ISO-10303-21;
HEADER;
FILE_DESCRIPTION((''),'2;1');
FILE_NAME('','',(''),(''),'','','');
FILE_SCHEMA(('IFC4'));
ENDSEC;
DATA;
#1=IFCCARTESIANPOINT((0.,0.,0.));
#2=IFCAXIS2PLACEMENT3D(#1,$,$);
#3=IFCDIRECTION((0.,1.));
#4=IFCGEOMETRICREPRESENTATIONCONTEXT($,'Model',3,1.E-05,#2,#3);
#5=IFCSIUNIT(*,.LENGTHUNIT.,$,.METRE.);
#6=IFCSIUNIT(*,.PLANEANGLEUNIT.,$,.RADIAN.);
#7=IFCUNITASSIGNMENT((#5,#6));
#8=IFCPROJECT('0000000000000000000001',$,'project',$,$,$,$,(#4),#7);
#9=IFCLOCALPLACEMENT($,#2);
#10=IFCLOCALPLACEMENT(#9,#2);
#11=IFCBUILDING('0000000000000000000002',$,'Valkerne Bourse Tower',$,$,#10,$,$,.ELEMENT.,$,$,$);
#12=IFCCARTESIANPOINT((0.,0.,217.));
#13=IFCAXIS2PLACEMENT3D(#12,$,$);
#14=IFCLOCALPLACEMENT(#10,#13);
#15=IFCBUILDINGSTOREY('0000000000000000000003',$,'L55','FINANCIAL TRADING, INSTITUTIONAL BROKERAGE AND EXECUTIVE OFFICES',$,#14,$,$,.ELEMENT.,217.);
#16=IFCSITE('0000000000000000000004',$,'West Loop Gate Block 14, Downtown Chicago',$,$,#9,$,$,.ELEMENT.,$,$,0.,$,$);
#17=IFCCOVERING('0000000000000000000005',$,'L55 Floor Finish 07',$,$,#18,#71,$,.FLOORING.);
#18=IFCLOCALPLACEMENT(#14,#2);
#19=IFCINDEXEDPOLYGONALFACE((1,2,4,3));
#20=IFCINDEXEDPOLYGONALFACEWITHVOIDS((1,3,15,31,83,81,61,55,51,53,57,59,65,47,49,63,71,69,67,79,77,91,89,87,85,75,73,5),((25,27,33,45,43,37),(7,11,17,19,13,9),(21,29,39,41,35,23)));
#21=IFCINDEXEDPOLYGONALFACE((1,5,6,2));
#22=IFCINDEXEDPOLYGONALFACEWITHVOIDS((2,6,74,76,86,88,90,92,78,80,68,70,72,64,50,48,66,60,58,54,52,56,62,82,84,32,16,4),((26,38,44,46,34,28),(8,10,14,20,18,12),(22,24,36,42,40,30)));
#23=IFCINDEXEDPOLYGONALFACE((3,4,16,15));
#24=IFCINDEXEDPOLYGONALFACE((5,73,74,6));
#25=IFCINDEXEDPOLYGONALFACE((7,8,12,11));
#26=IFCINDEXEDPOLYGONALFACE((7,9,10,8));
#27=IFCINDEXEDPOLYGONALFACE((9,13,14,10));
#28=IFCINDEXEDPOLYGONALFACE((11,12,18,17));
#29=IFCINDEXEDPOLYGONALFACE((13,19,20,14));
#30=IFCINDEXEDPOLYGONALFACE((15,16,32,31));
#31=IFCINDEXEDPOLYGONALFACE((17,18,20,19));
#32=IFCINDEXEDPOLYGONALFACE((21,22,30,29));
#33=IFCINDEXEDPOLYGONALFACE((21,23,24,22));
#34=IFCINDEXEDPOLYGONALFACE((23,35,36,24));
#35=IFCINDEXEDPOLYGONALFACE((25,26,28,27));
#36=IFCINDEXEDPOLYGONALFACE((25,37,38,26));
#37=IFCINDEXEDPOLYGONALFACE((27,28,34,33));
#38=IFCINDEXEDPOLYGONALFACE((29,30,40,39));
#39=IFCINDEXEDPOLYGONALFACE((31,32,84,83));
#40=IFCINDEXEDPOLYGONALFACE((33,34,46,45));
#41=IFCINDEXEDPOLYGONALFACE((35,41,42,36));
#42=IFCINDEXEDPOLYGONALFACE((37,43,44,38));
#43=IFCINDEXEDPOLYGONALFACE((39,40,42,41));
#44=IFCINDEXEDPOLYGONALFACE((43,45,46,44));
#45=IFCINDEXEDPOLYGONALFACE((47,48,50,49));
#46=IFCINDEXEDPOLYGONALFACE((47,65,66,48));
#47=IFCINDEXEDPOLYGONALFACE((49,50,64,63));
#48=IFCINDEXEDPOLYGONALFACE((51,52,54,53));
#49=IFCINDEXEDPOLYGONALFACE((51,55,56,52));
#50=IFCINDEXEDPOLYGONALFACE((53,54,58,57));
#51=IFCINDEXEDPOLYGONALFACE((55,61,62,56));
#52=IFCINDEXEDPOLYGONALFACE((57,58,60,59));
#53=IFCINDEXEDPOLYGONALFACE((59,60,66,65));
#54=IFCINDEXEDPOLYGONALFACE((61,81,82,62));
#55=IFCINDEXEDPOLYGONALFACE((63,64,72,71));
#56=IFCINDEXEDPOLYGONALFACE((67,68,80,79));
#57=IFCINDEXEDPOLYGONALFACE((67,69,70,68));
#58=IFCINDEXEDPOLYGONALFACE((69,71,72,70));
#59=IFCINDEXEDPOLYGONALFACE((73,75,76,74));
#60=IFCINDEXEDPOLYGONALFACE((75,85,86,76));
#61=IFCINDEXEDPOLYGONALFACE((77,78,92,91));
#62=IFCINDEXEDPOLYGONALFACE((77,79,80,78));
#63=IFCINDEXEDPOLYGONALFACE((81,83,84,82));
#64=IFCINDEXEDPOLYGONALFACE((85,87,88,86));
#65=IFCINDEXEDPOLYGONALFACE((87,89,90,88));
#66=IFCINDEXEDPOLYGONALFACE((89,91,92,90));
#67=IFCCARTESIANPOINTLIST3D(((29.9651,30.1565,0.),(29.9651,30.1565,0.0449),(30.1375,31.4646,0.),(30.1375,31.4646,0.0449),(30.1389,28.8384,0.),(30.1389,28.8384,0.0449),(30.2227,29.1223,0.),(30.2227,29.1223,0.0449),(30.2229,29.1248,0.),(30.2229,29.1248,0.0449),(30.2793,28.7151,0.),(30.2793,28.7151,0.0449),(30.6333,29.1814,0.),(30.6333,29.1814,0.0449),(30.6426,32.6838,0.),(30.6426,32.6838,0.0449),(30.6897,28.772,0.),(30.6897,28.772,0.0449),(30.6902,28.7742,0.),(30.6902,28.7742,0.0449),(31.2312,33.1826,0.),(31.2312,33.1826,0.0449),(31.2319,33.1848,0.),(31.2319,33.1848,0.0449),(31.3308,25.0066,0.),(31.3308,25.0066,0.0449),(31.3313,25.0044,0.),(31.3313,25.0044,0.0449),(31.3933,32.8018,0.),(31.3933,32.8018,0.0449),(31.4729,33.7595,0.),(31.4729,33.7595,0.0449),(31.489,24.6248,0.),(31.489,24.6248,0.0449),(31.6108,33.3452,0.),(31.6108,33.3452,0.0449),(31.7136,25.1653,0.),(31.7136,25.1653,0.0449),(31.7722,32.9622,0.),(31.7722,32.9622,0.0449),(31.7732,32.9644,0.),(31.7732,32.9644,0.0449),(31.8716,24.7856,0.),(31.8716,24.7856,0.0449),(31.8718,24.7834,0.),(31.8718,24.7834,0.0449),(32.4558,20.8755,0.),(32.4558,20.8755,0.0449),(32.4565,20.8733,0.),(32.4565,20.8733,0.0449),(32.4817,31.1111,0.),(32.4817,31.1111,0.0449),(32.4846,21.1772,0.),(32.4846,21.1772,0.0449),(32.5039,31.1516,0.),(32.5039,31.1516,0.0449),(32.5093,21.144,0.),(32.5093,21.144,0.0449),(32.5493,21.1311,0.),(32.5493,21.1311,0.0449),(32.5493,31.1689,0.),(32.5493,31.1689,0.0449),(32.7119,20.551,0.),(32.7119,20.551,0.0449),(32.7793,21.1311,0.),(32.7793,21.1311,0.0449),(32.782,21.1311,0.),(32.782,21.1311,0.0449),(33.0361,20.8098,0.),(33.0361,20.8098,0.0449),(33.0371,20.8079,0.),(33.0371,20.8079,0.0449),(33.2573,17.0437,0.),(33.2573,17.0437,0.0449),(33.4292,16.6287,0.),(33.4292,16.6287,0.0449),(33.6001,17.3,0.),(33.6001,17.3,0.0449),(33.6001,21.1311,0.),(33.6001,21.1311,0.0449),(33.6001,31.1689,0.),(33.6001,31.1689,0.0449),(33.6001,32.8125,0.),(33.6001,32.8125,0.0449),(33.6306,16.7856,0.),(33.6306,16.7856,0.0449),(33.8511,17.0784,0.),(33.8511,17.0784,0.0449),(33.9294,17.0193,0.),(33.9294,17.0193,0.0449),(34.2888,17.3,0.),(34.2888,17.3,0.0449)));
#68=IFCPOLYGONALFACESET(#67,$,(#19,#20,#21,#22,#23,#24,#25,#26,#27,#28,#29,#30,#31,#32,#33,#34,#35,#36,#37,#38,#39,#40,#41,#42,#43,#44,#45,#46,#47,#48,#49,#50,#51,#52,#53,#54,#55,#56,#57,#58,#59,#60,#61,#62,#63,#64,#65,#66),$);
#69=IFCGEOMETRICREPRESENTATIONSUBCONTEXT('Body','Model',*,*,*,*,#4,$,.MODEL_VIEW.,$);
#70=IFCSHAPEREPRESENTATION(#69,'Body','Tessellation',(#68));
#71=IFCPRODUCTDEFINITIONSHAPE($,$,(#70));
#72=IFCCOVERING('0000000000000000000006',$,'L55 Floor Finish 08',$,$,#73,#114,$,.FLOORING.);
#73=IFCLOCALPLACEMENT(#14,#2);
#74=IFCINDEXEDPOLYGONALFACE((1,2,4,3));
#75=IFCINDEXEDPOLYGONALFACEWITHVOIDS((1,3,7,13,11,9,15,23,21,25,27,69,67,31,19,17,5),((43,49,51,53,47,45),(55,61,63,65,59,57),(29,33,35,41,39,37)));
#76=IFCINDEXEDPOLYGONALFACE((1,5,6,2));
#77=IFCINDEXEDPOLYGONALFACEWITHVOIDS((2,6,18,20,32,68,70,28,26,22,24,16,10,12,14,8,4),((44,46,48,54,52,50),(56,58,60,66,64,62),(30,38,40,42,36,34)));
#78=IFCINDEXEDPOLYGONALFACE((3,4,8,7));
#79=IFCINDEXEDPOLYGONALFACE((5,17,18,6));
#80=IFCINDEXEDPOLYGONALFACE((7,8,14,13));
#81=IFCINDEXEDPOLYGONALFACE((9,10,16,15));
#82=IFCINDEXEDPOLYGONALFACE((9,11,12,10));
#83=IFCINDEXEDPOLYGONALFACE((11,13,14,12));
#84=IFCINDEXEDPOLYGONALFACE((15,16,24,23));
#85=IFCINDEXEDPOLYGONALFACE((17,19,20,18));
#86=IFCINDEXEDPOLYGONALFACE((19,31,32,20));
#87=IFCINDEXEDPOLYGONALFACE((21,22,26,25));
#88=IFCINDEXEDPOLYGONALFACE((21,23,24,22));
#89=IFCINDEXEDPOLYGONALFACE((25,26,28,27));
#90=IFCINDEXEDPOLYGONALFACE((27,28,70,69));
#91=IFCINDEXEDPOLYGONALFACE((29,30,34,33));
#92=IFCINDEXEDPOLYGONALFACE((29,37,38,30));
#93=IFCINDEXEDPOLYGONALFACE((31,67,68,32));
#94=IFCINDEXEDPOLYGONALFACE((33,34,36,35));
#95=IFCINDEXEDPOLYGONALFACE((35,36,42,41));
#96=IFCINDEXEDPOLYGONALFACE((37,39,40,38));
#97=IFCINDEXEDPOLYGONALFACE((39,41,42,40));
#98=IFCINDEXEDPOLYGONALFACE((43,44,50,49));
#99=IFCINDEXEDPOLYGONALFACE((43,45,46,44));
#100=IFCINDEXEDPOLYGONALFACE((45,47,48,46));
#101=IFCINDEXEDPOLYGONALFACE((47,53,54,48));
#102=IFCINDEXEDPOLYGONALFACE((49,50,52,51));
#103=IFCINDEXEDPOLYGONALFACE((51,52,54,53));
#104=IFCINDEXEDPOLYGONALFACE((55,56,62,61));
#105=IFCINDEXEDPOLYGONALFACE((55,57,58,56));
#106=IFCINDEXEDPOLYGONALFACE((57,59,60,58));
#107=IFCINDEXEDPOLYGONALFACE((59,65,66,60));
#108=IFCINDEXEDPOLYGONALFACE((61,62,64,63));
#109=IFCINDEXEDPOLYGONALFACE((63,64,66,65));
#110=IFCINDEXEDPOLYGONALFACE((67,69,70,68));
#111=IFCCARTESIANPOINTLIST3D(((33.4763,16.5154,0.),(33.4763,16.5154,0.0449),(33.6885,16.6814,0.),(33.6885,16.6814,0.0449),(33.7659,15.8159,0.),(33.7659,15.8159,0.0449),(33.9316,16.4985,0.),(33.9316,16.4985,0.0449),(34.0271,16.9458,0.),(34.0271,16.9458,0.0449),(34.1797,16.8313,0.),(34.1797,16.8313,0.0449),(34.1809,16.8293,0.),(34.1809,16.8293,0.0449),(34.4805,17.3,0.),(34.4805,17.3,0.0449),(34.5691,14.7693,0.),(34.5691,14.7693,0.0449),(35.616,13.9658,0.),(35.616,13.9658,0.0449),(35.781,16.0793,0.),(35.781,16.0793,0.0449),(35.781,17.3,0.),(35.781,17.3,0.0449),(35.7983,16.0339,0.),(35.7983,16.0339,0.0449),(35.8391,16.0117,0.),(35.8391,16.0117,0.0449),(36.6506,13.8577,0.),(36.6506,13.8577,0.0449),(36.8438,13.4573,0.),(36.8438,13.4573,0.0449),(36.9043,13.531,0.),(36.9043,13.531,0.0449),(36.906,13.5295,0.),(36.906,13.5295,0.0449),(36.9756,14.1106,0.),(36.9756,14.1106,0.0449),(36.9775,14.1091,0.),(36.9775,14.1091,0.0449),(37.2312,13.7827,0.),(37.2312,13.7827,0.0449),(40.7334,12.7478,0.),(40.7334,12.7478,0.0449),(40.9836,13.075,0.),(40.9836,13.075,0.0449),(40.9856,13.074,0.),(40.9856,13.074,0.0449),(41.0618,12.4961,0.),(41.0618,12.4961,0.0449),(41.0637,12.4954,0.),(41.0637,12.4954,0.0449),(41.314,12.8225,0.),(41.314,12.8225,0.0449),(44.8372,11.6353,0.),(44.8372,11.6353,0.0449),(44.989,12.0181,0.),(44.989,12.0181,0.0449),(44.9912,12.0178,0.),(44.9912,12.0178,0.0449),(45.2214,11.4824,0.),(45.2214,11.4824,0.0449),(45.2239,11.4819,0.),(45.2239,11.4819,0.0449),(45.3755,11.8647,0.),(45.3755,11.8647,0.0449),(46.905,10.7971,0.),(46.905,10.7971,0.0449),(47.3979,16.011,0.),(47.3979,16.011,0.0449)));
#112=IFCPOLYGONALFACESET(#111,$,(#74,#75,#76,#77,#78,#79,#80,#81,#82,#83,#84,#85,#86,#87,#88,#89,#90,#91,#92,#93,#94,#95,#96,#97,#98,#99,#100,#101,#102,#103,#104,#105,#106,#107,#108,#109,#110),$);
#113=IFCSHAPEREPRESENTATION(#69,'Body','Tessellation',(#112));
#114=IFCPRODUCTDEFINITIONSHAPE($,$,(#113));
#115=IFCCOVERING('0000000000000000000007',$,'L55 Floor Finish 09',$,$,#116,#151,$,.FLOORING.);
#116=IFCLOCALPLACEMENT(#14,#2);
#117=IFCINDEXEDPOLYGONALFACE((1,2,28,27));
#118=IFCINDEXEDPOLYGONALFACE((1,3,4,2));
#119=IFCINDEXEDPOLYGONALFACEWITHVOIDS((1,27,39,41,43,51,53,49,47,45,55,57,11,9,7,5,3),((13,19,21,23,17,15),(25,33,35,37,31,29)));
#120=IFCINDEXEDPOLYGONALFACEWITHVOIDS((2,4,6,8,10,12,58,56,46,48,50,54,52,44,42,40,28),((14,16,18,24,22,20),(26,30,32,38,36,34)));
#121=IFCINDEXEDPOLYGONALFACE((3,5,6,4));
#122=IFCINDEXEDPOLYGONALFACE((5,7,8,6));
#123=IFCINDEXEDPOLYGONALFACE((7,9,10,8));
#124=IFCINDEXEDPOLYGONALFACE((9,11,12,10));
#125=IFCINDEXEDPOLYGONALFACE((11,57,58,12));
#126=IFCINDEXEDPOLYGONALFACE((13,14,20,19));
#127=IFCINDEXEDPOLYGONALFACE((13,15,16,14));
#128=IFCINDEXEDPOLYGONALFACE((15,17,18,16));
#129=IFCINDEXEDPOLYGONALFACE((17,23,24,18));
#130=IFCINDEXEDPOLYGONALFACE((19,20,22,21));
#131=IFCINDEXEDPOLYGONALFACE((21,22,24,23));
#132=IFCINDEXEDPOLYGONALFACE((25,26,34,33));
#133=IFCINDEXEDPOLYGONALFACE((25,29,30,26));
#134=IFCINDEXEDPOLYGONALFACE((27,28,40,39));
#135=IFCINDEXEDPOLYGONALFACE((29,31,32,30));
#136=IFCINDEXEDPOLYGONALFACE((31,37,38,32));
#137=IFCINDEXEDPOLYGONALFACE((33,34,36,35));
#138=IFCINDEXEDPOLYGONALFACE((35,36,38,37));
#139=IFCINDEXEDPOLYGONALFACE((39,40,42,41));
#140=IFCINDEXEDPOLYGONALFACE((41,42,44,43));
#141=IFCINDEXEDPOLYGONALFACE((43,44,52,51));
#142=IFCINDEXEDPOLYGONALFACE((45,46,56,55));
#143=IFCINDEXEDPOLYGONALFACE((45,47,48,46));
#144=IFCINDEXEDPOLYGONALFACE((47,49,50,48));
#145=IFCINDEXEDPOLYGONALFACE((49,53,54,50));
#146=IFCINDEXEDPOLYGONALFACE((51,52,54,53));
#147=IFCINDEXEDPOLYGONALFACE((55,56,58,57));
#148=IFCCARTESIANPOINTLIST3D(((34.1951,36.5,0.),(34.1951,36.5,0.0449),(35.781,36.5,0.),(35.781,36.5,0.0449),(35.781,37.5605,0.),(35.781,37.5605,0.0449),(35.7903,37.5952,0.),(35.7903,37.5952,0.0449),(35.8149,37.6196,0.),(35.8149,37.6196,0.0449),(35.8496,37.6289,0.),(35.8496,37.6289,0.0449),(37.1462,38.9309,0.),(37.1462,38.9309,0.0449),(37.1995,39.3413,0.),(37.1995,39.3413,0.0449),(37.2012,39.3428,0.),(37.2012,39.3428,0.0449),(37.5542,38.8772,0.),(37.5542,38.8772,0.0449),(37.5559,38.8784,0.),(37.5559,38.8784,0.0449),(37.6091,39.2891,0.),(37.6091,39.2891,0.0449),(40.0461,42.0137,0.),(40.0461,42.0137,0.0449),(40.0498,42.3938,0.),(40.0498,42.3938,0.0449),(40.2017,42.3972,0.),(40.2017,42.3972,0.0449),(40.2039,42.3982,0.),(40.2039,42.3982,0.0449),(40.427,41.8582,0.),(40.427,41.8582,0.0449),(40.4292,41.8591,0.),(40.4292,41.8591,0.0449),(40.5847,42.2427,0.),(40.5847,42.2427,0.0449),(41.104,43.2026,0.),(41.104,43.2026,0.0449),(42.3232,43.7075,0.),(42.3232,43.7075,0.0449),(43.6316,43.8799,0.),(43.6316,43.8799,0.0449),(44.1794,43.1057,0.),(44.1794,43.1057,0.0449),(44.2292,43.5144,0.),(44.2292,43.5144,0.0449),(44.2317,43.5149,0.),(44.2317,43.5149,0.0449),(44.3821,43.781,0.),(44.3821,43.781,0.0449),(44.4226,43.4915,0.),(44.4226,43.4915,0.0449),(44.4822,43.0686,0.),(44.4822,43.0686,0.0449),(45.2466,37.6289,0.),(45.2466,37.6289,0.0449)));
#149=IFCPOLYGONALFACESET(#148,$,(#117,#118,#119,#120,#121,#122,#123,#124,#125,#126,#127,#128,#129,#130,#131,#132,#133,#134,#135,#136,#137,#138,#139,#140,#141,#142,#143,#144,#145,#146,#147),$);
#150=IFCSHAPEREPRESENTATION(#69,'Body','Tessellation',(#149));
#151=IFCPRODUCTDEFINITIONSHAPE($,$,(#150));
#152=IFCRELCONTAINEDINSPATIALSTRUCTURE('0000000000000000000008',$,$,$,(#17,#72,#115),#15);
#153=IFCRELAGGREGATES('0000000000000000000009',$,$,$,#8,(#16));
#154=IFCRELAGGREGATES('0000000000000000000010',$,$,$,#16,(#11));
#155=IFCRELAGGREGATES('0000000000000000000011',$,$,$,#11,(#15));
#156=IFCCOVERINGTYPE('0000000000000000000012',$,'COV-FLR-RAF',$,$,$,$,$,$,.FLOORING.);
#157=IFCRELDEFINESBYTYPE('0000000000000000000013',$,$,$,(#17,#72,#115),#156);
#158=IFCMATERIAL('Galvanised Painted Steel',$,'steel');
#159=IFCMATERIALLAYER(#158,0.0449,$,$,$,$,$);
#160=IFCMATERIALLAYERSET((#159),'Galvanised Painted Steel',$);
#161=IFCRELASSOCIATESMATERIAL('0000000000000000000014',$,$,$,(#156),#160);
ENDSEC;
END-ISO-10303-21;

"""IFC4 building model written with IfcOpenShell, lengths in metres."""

from ifc_helpers import new_model, si_unit, direction, frame, origin, place, context, subcontext, project, spatial, polyline, outline, extrude, material, layer, layer_set, type_object, element, save


model = new_model("IFC4")

# Units and contexts
model_context = context("Model", 3, precision=1e-05, world=origin(), true_north=direction((0.0, 1.0)))
body_context = subcontext(model_context, "Body", "Model", "MODEL_VIEW")
ifc_project = project(units=[si_unit("LENGTHUNIT", "METRE"), si_unit("PLANEANGLEUNIT", "RADIAN")], contexts=[model_context])

# Site, building, storey
site_placement = place(None, origin())
site = spatial("IfcSite", under=ifc_project, at=site_placement, Name="West Loop Gate Block 14, Downtown Chicago", CompositionType="ELEMENT", RefElevation=0.0)
building_placement = place(site_placement, origin())
building = spatial("IfcBuilding", under=site, at=building_placement, Name="Valkerne Bourse Tower", CompositionType="ELEMENT")
storey_placement = place(building_placement, frame((0.0, 0.0, 217.0)))
storey = spatial("IfcBuildingStorey", under=building, at=storey_placement, Name="L55", Description="FINANCIAL TRADING, INSTITUTIONAL BROKERAGE AND EXECUTIVE OFFICES", CompositionType="ELEMENT", Elevation=217.0)

# Coverings
ifc_material_1 = material(Name="Galvanised Painted Steel", Category="steel")
ifc_layer_1 = layer(ifc_material_1, 0.0449)
ifc_layer_set_1 = layer_set([ifc_layer_1], Name="Galvanised Painted Steel")
covering_type_1 = type_object("IfcCoveringType", Name="COV-FLR-RAF", PredefinedType="FLOORING", material=ifc_layer_set_1)
covering_1_placement = place(storey_placement, origin())
element("IfcCovering", 1, at=covering_1_placement, inside=storey, type_object=covering_type_1, Name="L55 Floor Finish 07", PredefinedType="FLOORING", context=body_context, shape_type="SweptSolid", body=[
    extrude(outline(polyline([(29.9651, 30.1565), (30.1375, 31.4646), (30.6426, 32.6838), (31.4729, 33.7595), (33.6001, 32.8125), (33.6001, 31.1689), (32.5493, 31.1689), (32.5039, 31.1516), (32.4817, 31.1111), (32.4846, 21.1772), (32.5093, 21.144), (32.5493, 21.1311), (32.7793, 21.1311), (32.4558, 20.8755), (32.4565, 20.8733), (32.7119, 20.551), (33.0371, 20.8079), (33.0361, 20.8098), (32.782, 21.1311), (33.6001, 21.1311), (33.6001, 17.3), (34.2888, 17.3), (33.9294, 17.0193), (33.8511, 17.0784), (33.6306, 16.7856), (33.4292, 16.6287), (33.2573, 17.0437), (30.1389, 28.8384), (29.9651, 30.1565)]), holes=[polyline([(31.8716, 24.7856), (31.7136, 25.1653), (31.3308, 25.0066), (31.3313, 25.0044), (31.489, 24.6248), (31.8718, 24.7834), (31.8716, 24.7856)]), polyline([(30.6902, 28.7742), (30.6333, 29.1814), (30.2229, 29.1248), (30.2227, 29.1223), (30.2793, 28.7151), (30.6897, 28.772), (30.6902, 28.7742)]), polyline([(31.7732, 32.9644), (31.6108, 33.3452), (31.2319, 33.1848), (31.2312, 33.1826), (31.3933, 32.8018), (31.7722, 32.9622), (31.7732, 32.9644)])]), origin(), (0.0, 0.0, 1.0), 0.0449),
])
covering_2_placement = place(storey_placement, origin())
element("IfcCovering", 2, at=covering_2_placement, inside=storey, type_object=covering_type_1, Name="L55 Floor Finish 08", PredefinedType="FLOORING", context=body_context, shape_type="SweptSolid", body=[
    extrude(outline(polyline([(34.5691, 14.7693), (33.7659, 15.8159), (33.4763, 16.5154), (33.6885, 16.6814), (33.9316, 16.4985), (34.1809, 16.8293), (34.1797, 16.8313), (34.0271, 16.9458), (34.4805, 17.3), (35.781, 17.3), (35.781, 16.0793), (35.7983, 16.0339), (35.8391, 16.0117), (47.3979, 16.011), (46.905, 10.7971), (36.8438, 13.4573), (35.616, 13.9658), (34.5691, 14.7693)]), holes=[polyline([(44.9912, 12.0178), (44.989, 12.0181), (44.8372, 11.6353), (45.2214, 11.4824), (45.2239, 11.4819), (45.3755, 11.8647), (44.9912, 12.0178)]), polyline([(40.9856, 13.074), (40.9836, 13.075), (40.7334, 12.7478), (41.0618, 12.4961), (41.0637, 12.4954), (41.314, 12.8225), (40.9856, 13.074)]), polyline([(36.9775, 14.1091), (36.9756, 14.1106), (36.6506, 13.8577), (36.9043, 13.531), (36.906, 13.5295), (37.2312, 13.7827), (36.9775, 14.1091)])]), origin(), (0.0, 0.0, 1.0), 0.0449),
])
covering_3_placement = place(storey_placement, origin())
element("IfcCovering", 3, at=covering_3_placement, inside=storey, type_object=covering_type_1, Name="L55 Floor Finish 09", PredefinedType="FLOORING", context=body_context, shape_type="SweptSolid", body=[
    extrude(outline(polyline([(42.3232, 43.7075), (43.6316, 43.8799), (44.3821, 43.781), (44.4226, 43.4915), (44.2317, 43.5149), (44.2292, 43.5144), (44.1794, 43.1057), (44.4822, 43.0686), (45.2466, 37.6289), (35.8496, 37.6289), (35.8149, 37.6196), (35.7903, 37.5952), (35.781, 37.5605), (35.781, 36.5), (34.1951, 36.5), (40.0498, 42.3938), (41.104, 43.2026), (42.3232, 43.7075)]), holes=[polyline([(37.5559, 38.8784), (37.6091, 39.2891), (37.2012, 39.3428), (37.1995, 39.3413), (37.1462, 38.9309), (37.5542, 38.8772), (37.5559, 38.8784)]), polyline([(40.4292, 41.8591), (40.5847, 42.2427), (40.2039, 42.3982), (40.2017, 42.3972), (40.0461, 42.0137), (40.427, 41.8582), (40.4292, 41.8591)])]), origin(), (0.0, 0.0, 1.0), 0.0449),
])

save(model, "model.ifc")
